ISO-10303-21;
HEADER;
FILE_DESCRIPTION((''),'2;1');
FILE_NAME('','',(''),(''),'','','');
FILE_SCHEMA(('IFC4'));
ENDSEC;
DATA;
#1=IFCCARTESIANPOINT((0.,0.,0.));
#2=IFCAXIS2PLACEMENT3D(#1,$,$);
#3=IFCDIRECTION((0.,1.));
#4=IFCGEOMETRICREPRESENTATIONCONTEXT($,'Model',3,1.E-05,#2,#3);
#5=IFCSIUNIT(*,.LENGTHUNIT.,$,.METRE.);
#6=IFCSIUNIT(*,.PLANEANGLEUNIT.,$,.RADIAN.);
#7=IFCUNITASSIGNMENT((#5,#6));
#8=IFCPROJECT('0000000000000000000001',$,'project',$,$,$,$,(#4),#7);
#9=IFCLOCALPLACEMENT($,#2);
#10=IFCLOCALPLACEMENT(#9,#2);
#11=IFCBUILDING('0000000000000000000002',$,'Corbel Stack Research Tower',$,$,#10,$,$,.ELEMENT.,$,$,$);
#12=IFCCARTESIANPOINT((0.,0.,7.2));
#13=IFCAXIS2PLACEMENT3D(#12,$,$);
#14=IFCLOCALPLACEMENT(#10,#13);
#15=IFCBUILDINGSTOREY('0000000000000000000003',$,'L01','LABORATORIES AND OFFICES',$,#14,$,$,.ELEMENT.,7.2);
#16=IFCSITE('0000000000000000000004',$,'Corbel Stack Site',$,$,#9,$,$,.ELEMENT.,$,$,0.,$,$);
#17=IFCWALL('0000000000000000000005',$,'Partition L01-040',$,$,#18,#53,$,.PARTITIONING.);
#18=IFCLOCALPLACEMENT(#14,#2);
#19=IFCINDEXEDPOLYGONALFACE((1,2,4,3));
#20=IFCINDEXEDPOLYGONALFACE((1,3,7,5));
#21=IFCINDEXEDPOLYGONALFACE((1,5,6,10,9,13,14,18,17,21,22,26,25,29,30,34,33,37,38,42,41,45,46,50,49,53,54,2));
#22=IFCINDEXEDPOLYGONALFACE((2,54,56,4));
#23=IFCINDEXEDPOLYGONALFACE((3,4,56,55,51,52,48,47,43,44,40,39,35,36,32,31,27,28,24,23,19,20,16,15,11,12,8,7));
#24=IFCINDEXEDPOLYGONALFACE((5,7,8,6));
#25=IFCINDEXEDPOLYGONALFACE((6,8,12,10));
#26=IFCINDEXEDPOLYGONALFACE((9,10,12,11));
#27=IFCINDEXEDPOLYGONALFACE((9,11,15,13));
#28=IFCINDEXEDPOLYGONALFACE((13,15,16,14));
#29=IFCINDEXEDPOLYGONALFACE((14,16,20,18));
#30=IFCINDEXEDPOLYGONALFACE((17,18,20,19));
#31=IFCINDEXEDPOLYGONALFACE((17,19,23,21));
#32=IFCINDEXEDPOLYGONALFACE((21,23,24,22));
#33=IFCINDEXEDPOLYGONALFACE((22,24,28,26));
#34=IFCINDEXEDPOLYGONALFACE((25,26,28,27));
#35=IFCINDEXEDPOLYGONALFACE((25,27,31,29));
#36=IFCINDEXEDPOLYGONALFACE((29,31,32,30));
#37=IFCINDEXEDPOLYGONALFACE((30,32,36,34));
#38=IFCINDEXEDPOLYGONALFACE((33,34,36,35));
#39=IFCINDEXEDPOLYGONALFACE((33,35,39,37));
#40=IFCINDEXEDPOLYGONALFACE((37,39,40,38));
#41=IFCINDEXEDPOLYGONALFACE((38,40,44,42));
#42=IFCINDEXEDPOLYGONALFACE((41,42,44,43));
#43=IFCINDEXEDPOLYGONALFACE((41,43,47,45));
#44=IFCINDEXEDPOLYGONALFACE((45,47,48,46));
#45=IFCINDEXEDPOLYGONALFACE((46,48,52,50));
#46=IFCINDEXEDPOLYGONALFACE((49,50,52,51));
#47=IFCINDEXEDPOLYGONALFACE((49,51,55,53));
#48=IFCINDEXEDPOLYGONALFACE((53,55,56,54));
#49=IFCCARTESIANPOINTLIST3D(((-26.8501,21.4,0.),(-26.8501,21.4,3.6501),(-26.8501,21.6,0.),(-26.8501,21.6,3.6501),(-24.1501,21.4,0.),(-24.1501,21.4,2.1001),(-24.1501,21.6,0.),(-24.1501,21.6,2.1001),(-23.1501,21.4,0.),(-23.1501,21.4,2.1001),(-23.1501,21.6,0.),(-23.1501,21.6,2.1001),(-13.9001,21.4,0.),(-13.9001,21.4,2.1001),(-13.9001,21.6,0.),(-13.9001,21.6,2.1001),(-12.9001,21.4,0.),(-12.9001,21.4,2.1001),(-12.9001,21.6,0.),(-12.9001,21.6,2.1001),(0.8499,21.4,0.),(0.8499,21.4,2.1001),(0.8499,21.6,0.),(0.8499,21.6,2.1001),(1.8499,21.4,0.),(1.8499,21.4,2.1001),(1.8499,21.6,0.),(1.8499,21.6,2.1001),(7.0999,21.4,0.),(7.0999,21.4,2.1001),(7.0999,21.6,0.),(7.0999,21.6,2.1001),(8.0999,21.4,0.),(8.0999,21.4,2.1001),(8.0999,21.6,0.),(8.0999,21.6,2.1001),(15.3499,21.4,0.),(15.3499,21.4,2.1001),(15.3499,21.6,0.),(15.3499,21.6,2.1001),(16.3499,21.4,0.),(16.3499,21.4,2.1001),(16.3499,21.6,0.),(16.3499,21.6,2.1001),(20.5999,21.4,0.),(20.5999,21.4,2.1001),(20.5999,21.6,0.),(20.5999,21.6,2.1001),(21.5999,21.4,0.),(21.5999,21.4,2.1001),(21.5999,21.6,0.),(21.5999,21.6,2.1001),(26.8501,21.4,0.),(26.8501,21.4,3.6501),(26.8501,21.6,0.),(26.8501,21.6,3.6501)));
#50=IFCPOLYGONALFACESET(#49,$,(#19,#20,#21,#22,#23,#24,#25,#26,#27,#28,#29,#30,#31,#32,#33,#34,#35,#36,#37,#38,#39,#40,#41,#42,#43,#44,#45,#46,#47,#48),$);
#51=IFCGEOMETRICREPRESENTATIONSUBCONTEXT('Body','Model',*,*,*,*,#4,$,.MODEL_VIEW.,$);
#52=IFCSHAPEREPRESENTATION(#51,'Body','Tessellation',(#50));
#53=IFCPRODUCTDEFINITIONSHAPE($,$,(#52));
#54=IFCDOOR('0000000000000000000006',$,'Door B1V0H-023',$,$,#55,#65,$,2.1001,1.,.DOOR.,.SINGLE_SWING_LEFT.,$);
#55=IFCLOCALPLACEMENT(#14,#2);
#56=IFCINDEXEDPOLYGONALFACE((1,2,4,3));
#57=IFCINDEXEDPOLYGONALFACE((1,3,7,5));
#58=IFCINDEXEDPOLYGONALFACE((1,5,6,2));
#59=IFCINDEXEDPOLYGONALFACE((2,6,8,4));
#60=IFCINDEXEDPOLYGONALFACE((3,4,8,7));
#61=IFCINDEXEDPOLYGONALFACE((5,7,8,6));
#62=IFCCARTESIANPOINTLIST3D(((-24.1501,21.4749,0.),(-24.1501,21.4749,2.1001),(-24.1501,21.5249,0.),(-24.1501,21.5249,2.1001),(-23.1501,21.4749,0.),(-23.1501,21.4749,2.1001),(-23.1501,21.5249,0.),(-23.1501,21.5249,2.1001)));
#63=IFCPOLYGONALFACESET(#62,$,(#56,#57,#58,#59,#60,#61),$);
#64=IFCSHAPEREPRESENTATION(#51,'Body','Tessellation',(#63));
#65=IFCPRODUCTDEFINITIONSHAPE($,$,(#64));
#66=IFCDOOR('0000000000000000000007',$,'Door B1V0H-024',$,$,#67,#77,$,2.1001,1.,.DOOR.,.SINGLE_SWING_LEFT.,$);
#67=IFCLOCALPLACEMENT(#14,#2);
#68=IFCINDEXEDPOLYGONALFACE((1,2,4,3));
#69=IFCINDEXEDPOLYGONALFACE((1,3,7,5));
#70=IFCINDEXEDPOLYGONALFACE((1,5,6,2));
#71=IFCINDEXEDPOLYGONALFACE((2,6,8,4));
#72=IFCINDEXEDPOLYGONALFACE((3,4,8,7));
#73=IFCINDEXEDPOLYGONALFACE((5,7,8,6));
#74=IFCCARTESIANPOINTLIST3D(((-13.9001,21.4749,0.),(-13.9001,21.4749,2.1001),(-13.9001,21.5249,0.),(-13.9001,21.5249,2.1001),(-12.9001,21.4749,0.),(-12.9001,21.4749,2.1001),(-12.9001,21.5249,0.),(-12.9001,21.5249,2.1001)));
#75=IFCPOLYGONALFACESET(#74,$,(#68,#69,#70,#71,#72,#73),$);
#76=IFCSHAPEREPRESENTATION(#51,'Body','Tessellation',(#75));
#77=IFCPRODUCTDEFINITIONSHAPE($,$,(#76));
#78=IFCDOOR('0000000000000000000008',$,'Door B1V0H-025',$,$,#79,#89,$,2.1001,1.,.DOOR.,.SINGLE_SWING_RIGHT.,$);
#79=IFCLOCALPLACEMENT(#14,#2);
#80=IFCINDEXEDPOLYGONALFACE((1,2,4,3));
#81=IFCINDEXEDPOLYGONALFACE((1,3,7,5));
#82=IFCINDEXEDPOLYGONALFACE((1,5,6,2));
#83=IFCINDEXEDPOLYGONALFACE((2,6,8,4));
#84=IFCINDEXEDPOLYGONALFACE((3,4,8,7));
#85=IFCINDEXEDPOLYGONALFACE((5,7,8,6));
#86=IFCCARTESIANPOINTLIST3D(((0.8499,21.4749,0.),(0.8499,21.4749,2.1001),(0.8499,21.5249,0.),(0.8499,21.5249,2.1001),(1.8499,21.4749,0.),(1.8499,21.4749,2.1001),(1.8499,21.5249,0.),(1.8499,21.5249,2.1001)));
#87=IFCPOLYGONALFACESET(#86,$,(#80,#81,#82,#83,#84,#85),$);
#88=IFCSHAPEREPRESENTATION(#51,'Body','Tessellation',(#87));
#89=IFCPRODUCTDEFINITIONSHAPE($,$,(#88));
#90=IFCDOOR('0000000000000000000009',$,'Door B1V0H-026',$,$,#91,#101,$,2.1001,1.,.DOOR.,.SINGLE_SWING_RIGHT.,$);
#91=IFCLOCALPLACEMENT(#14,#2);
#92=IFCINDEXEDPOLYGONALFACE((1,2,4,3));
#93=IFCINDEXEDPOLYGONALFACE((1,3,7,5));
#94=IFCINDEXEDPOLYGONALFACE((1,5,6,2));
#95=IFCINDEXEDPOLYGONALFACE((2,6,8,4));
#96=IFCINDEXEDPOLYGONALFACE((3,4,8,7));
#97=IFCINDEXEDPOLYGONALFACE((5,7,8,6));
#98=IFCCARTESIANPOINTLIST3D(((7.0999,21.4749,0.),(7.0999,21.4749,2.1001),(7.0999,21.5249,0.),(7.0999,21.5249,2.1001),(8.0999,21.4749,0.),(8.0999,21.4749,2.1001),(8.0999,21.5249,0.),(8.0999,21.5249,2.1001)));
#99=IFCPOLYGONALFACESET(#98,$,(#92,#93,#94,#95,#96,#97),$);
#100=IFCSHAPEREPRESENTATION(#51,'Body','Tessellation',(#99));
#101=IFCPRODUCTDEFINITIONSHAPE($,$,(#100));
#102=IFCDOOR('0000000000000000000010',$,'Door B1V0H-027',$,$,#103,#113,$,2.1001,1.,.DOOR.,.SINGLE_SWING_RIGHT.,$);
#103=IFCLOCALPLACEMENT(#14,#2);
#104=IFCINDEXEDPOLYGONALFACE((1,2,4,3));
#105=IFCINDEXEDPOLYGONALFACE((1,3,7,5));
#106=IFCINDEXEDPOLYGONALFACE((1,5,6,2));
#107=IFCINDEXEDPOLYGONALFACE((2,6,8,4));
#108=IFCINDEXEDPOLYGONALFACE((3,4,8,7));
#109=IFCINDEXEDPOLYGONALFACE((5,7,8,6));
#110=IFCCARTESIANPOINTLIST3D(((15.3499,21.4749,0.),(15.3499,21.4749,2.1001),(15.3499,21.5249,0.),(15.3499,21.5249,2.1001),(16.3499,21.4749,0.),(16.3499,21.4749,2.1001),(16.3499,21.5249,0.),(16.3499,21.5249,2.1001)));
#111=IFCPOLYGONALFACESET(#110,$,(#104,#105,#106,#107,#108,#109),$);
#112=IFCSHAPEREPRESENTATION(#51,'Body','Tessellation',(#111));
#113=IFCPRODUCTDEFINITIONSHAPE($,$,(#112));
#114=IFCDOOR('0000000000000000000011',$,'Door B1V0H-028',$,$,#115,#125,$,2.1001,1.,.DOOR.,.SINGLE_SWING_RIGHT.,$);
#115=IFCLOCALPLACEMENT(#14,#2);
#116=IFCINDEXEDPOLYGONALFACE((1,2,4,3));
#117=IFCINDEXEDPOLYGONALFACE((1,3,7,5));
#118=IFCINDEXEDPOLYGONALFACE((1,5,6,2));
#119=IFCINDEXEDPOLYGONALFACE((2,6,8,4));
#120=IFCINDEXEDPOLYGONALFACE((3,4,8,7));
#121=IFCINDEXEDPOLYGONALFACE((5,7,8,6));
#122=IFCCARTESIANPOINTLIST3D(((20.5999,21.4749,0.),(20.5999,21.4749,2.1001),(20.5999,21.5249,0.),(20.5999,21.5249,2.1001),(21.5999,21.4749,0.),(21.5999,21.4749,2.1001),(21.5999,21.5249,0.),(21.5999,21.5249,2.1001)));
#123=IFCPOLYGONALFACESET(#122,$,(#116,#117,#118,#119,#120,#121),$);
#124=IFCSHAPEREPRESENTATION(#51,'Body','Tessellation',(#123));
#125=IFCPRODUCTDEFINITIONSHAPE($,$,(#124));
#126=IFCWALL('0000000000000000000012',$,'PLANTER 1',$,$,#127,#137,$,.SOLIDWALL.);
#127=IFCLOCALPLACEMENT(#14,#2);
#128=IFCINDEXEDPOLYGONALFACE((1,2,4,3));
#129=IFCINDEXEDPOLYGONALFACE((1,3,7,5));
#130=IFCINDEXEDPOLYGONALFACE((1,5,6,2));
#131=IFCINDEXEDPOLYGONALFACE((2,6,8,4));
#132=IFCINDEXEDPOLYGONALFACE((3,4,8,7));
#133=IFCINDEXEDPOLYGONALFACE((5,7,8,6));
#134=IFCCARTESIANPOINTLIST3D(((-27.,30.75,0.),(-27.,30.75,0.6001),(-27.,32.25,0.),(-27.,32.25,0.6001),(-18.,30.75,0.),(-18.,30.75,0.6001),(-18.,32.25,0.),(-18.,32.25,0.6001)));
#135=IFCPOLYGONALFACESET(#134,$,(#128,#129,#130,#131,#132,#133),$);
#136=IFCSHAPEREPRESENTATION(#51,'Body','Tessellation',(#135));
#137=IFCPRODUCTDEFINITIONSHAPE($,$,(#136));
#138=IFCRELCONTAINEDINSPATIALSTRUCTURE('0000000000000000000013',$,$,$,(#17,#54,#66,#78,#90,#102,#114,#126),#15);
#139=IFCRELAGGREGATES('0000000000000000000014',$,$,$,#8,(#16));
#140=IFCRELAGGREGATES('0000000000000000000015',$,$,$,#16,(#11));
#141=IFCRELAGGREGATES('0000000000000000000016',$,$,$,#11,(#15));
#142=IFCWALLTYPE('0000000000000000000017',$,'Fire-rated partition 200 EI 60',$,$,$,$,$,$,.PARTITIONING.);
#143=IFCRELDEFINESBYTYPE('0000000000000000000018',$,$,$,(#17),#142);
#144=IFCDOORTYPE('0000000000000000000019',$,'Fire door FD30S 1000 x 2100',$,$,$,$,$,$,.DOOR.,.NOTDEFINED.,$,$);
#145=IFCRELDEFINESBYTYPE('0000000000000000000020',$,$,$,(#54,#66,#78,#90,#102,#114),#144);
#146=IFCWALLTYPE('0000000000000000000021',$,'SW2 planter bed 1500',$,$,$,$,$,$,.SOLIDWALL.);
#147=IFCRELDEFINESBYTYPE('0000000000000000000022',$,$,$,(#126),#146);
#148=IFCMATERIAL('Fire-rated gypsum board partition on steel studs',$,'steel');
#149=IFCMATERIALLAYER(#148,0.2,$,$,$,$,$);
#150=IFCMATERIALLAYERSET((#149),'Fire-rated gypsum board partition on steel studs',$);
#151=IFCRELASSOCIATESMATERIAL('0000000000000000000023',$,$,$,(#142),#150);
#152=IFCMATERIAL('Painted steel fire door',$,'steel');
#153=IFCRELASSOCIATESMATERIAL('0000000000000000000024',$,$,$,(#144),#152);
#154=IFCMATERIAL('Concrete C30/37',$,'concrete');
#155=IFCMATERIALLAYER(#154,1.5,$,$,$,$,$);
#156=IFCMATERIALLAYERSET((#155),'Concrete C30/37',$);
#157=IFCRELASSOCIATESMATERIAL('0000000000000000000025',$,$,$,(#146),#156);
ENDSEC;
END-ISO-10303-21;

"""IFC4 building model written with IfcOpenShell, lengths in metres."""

from ifc_helpers import new_model, si_unit, direction, frame, frame_2d, origin, place, context, subcontext, project, spatial, rectangle, extrude, material, layer, layer_set, type_object, element, fill, save


model = new_model("IFC4")

# Units and contexts
model_context = context("Model", 3, precision=1e-05, world=origin(), true_north=direction((0.0, 1.0)))
body_context = subcontext(model_context, "Body", "Model", "MODEL_VIEW")
ifc_project = project(units=[si_unit("LENGTHUNIT", "METRE"), si_unit("PLANEANGLEUNIT", "RADIAN")], contexts=[model_context])

# Site, building, storey
site_placement = place(None, origin())
site = spatial("IfcSite", under=ifc_project, at=site_placement, Name="Corbel Stack Site", CompositionType="ELEMENT", RefElevation=0.0)
building_placement = place(site_placement, origin())
building = spatial("IfcBuilding", under=site, at=building_placement, Name="Corbel Stack Research Tower", CompositionType="ELEMENT")
storey_placement = place(building_placement, frame((0.0, 0.0, 7.2)))
storey = spatial("IfcBuildingStorey", under=building, at=storey_placement, Name="L01", Description="LABORATORIES AND OFFICES", CompositionType="ELEMENT", Elevation=7.2)

# Shared definitions
ifc_material_1 = material(Name="Fire-rated gypsum board partition on steel studs", Category="steel")
ifc_layer_1 = layer(ifc_material_1, 0.2)
ifc_layer_set_1 = layer_set([ifc_layer_1], Name="Fire-rated gypsum board partition on steel studs")
wall_type_1 = type_object("IfcWallType", Name="Fire-rated partition 200 EI 60", PredefinedType="PARTITIONING", material=ifc_layer_set_1)

# Shared definitions
ifc_material_2 = material(Name="Painted steel fire door", Category="steel")
door_type = type_object("IfcDoorType", Name="Fire door FD30S 1000 x 2100", OperationType="NOTDEFINED", PredefinedType="DOOR", material=ifc_material_2)

# Wall, openings, doors
wall_1_placement = place(storey_placement, frame((-26.8501, 21.5, 0.0), z_axis=(0.0, 0.0, 1.0), x_axis=(1.0, 0.0, 0.0)))
wall_1 = element("IfcWall", 1, at=wall_1_placement, inside=storey, type_object=wall_type_1, Name="Partition L01-040", PredefinedType="PARTITIONING", context=body_context, shape_type="SweptSolid", body=[
    extrude(rectangle(XDim=53.7002, YDim=0.2, at=frame_2d((26.8501, 0.0))), origin(), (0.0, 0.0, 1.0), 3.6501),
])
opening_1_placement = place(wall_1_placement, frame((2.7, 0.0, 0.0)))
opening_1 = element("IfcOpeningElement", 2, at=opening_1_placement, cuts=wall_1, PredefinedType="OPENING", context=body_context, shape_type="SweptSolid", body=[
    extrude(rectangle(XDim=1.0, YDim=2.1001, at=frame_2d((0.5, 1.05))), frame((0.0, 0.1099, 0.0), z_axis=(0.0, -1.0, 0.0), x_axis=(1.0, 0.0, 0.0)), (0.0, 0.0, 1.0), 0.22),
])
opening_2_placement = place(wall_1_placement, frame((12.95, 0.0, 0.0)))
opening_2 = element("IfcOpeningElement", 3, at=opening_2_placement, cuts=wall_1, PredefinedType="OPENING", context=body_context, shape_type="SweptSolid", body=[
    extrude(rectangle(XDim=1.0, YDim=2.1001, at=frame_2d((0.5, 1.05))), frame((0.0, 0.1099, 0.0), z_axis=(0.0, -1.0, 0.0), x_axis=(1.0, 0.0, 0.0)), (0.0, 0.0, 1.0), 0.22),
])
opening_3_placement = place(wall_1_placement, frame((27.7, 0.0, 0.0)))
opening_3 = element("IfcOpeningElement", 4, at=opening_3_placement, cuts=wall_1, PredefinedType="OPENING", context=body_context, shape_type="SweptSolid", body=[
    extrude(rectangle(XDim=1.0, YDim=2.1001, at=frame_2d((0.5, 1.05))), frame((0.0, 0.1099, 0.0), z_axis=(0.0, -1.0, 0.0), x_axis=(1.0, 0.0, 0.0)), (0.0, 0.0, 1.0), 0.22),
])
opening_4_placement = place(wall_1_placement, frame((33.95, 0.0, 0.0)))
opening_4 = element("IfcOpeningElement", 5, at=opening_4_placement, cuts=wall_1, PredefinedType="OPENING", context=body_context, shape_type="SweptSolid", body=[
    extrude(rectangle(XDim=1.0, YDim=2.1001, at=frame_2d((0.5, 1.05))), frame((0.0, 0.1099, 0.0), z_axis=(0.0, -1.0, 0.0), x_axis=(1.0, 0.0, 0.0)), (0.0, 0.0, 1.0), 0.22),
])
opening_5_placement = place(wall_1_placement, frame((42.2, 0.0, 0.0)))
opening_5 = element("IfcOpeningElement", 6, at=opening_5_placement, cuts=wall_1, PredefinedType="OPENING", context=body_context, shape_type="SweptSolid", body=[
    extrude(rectangle(XDim=1.0, YDim=2.1001, at=frame_2d((0.5, 1.05))), frame((0.0, 0.1099, 0.0), z_axis=(0.0, -1.0, 0.0), x_axis=(1.0, 0.0, 0.0)), (0.0, 0.0, 1.0), 0.22),
])
opening_6_placement = place(wall_1_placement, frame((47.45, 0.0, 0.0)))
opening_6 = element("IfcOpeningElement", 7, at=opening_6_placement, cuts=wall_1, PredefinedType="OPENING", context=body_context, shape_type="SweptSolid", body=[
    extrude(rectangle(XDim=1.0, YDim=2.1001, at=frame_2d((0.5, 1.05))), frame((0.0, 0.1099, 0.0), z_axis=(0.0, -1.0, 0.0), x_axis=(1.0, 0.0, 0.0)), (0.0, 0.0, 1.0), 0.22),
])
door_1_placement = place(opening_1_placement, origin())
door_1 = element("IfcDoor", 8, at=door_1_placement, inside=storey, type_object=door_type, Name="Door B1V0H-023", OperationType="SINGLE_SWING_LEFT", OverallHeight=2.1001, OverallWidth=1.0, PredefinedType="DOOR", context=body_context, shape_type="SweptSolid", body=[
    extrude(rectangle(XDim=1.0, YDim=2.1001, at=frame_2d((0.5, 1.05))), frame((0.0, 0.0249, 0.0), z_axis=(0.0, -1.0, 0.0), x_axis=(1.0, 0.0, 0.0)), (0.0, 0.0, 1.0), 0.05),
])
fill(opening_1, door_1)
door_2_placement = place(opening_2_placement, origin())
door_2 = element("IfcDoor", 9, at=door_2_placement, inside=storey, type_object=door_type, Name="Door B1V0H-024", OperationType="SINGLE_SWING_LEFT", OverallHeight=2.1001, OverallWidth=1.0, PredefinedType="DOOR", context=body_context, shape_type="SweptSolid", body=[
    extrude(rectangle(XDim=1.0, YDim=2.1001, at=frame_2d((0.5, 1.05))), frame((0.0, 0.0249, 0.0), z_axis=(0.0, -1.0, 0.0), x_axis=(1.0, 0.0, 0.0)), (0.0, 0.0, 1.0), 0.05),
])
fill(opening_2, door_2)
door_3_placement = place(opening_3_placement, origin())
door_3 = element("IfcDoor", 10, at=door_3_placement, inside=storey, type_object=door_type, Name="Door B1V0H-025", OperationType="SINGLE_SWING_RIGHT", OverallHeight=2.1001, OverallWidth=1.0, PredefinedType="DOOR", context=body_context, shape_type="SweptSolid", body=[
    extrude(rectangle(XDim=1.0, YDim=2.1001, at=frame_2d((0.5, 1.05))), frame((0.0, 0.0249, 0.0), z_axis=(0.0, -1.0, 0.0), x_axis=(1.0, 0.0, 0.0)), (0.0, 0.0, 1.0), 0.05),
])
fill(opening_3, door_3)
door_4_placement = place(opening_4_placement, origin())
door_4 = element("IfcDoor", 11, at=door_4_placement, inside=storey, type_object=door_type, Name="Door B1V0H-026", OperationType="SINGLE_SWING_RIGHT", OverallHeight=2.1001, OverallWidth=1.0, PredefinedType="DOOR", context=body_context, shape_type="SweptSolid", body=[
    extrude(rectangle(XDim=1.0, YDim=2.1001, at=frame_2d((0.5, 1.05))), frame((0.0, 0.0249, 0.0), z_axis=(0.0, -1.0, 0.0), x_axis=(1.0, 0.0, 0.0)), (0.0, 0.0, 1.0), 0.05),
])
fill(opening_4, door_4)
door_5_placement = place(opening_5_placement, origin())
door_5 = element("IfcDoor", 12, at=door_5_placement, inside=storey, type_object=door_type, Name="Door B1V0H-027", OperationType="SINGLE_SWING_RIGHT", OverallHeight=2.1001, OverallWidth=1.0, PredefinedType="DOOR", context=body_context, shape_type="SweptSolid", body=[
    extrude(rectangle(XDim=1.0, YDim=2.1001, at=frame_2d((0.5, 1.05))), frame((0.0, 0.0249, 0.0), z_axis=(0.0, -1.0, 0.0), x_axis=(1.0, 0.0, 0.0)), (0.0, 0.0, 1.0), 0.05),
])
fill(opening_5, door_5)
door_6_placement = place(opening_6_placement, origin())
door_6 = element("IfcDoor", 13, at=door_6_placement, inside=storey, type_object=door_type, Name="Door B1V0H-028", OperationType="SINGLE_SWING_RIGHT", OverallHeight=2.1001, OverallWidth=1.0, PredefinedType="DOOR", context=body_context, shape_type="SweptSolid", body=[
    extrude(rectangle(XDim=1.0, YDim=2.1001, at=frame_2d((0.5, 1.05))), frame((0.0, 0.0249, 0.0), z_axis=(0.0, -1.0, 0.0), x_axis=(1.0, 0.0, 0.0)), (0.0, 0.0, 1.0), 0.05),
])
fill(opening_6, door_6)

# Wall
ifc_material_3 = material(Name="Concrete C30/37", Category="concrete")
ifc_layer_2 = layer(ifc_material_3, 1.5)
ifc_layer_set_2 = layer_set([ifc_layer_2], Name="Concrete C30/37")
wall_type_2 = type_object("IfcWallType", Name="SW2 planter bed 1500", PredefinedType="SOLIDWALL", material=ifc_layer_set_2)
wall_2_placement = place(storey_placement, frame((-27.0, 31.5, 0.0), z_axis=(0.0, 0.0, 1.0), x_axis=(1.0, 0.0, 0.0)))
element("IfcWall", 14, at=wall_2_placement, inside=storey, type_object=wall_type_2, Name="PLANTER 1", PredefinedType="SOLIDWALL", context=body_context, shape_type="SweptSolid", body=[
    extrude(rectangle(XDim=9.0, YDim=1.5, at=frame_2d((4.5, 0.0))), origin(), (0.0, 0.0, 1.0), 0.6001),
])

save(model, "model.ifc")
